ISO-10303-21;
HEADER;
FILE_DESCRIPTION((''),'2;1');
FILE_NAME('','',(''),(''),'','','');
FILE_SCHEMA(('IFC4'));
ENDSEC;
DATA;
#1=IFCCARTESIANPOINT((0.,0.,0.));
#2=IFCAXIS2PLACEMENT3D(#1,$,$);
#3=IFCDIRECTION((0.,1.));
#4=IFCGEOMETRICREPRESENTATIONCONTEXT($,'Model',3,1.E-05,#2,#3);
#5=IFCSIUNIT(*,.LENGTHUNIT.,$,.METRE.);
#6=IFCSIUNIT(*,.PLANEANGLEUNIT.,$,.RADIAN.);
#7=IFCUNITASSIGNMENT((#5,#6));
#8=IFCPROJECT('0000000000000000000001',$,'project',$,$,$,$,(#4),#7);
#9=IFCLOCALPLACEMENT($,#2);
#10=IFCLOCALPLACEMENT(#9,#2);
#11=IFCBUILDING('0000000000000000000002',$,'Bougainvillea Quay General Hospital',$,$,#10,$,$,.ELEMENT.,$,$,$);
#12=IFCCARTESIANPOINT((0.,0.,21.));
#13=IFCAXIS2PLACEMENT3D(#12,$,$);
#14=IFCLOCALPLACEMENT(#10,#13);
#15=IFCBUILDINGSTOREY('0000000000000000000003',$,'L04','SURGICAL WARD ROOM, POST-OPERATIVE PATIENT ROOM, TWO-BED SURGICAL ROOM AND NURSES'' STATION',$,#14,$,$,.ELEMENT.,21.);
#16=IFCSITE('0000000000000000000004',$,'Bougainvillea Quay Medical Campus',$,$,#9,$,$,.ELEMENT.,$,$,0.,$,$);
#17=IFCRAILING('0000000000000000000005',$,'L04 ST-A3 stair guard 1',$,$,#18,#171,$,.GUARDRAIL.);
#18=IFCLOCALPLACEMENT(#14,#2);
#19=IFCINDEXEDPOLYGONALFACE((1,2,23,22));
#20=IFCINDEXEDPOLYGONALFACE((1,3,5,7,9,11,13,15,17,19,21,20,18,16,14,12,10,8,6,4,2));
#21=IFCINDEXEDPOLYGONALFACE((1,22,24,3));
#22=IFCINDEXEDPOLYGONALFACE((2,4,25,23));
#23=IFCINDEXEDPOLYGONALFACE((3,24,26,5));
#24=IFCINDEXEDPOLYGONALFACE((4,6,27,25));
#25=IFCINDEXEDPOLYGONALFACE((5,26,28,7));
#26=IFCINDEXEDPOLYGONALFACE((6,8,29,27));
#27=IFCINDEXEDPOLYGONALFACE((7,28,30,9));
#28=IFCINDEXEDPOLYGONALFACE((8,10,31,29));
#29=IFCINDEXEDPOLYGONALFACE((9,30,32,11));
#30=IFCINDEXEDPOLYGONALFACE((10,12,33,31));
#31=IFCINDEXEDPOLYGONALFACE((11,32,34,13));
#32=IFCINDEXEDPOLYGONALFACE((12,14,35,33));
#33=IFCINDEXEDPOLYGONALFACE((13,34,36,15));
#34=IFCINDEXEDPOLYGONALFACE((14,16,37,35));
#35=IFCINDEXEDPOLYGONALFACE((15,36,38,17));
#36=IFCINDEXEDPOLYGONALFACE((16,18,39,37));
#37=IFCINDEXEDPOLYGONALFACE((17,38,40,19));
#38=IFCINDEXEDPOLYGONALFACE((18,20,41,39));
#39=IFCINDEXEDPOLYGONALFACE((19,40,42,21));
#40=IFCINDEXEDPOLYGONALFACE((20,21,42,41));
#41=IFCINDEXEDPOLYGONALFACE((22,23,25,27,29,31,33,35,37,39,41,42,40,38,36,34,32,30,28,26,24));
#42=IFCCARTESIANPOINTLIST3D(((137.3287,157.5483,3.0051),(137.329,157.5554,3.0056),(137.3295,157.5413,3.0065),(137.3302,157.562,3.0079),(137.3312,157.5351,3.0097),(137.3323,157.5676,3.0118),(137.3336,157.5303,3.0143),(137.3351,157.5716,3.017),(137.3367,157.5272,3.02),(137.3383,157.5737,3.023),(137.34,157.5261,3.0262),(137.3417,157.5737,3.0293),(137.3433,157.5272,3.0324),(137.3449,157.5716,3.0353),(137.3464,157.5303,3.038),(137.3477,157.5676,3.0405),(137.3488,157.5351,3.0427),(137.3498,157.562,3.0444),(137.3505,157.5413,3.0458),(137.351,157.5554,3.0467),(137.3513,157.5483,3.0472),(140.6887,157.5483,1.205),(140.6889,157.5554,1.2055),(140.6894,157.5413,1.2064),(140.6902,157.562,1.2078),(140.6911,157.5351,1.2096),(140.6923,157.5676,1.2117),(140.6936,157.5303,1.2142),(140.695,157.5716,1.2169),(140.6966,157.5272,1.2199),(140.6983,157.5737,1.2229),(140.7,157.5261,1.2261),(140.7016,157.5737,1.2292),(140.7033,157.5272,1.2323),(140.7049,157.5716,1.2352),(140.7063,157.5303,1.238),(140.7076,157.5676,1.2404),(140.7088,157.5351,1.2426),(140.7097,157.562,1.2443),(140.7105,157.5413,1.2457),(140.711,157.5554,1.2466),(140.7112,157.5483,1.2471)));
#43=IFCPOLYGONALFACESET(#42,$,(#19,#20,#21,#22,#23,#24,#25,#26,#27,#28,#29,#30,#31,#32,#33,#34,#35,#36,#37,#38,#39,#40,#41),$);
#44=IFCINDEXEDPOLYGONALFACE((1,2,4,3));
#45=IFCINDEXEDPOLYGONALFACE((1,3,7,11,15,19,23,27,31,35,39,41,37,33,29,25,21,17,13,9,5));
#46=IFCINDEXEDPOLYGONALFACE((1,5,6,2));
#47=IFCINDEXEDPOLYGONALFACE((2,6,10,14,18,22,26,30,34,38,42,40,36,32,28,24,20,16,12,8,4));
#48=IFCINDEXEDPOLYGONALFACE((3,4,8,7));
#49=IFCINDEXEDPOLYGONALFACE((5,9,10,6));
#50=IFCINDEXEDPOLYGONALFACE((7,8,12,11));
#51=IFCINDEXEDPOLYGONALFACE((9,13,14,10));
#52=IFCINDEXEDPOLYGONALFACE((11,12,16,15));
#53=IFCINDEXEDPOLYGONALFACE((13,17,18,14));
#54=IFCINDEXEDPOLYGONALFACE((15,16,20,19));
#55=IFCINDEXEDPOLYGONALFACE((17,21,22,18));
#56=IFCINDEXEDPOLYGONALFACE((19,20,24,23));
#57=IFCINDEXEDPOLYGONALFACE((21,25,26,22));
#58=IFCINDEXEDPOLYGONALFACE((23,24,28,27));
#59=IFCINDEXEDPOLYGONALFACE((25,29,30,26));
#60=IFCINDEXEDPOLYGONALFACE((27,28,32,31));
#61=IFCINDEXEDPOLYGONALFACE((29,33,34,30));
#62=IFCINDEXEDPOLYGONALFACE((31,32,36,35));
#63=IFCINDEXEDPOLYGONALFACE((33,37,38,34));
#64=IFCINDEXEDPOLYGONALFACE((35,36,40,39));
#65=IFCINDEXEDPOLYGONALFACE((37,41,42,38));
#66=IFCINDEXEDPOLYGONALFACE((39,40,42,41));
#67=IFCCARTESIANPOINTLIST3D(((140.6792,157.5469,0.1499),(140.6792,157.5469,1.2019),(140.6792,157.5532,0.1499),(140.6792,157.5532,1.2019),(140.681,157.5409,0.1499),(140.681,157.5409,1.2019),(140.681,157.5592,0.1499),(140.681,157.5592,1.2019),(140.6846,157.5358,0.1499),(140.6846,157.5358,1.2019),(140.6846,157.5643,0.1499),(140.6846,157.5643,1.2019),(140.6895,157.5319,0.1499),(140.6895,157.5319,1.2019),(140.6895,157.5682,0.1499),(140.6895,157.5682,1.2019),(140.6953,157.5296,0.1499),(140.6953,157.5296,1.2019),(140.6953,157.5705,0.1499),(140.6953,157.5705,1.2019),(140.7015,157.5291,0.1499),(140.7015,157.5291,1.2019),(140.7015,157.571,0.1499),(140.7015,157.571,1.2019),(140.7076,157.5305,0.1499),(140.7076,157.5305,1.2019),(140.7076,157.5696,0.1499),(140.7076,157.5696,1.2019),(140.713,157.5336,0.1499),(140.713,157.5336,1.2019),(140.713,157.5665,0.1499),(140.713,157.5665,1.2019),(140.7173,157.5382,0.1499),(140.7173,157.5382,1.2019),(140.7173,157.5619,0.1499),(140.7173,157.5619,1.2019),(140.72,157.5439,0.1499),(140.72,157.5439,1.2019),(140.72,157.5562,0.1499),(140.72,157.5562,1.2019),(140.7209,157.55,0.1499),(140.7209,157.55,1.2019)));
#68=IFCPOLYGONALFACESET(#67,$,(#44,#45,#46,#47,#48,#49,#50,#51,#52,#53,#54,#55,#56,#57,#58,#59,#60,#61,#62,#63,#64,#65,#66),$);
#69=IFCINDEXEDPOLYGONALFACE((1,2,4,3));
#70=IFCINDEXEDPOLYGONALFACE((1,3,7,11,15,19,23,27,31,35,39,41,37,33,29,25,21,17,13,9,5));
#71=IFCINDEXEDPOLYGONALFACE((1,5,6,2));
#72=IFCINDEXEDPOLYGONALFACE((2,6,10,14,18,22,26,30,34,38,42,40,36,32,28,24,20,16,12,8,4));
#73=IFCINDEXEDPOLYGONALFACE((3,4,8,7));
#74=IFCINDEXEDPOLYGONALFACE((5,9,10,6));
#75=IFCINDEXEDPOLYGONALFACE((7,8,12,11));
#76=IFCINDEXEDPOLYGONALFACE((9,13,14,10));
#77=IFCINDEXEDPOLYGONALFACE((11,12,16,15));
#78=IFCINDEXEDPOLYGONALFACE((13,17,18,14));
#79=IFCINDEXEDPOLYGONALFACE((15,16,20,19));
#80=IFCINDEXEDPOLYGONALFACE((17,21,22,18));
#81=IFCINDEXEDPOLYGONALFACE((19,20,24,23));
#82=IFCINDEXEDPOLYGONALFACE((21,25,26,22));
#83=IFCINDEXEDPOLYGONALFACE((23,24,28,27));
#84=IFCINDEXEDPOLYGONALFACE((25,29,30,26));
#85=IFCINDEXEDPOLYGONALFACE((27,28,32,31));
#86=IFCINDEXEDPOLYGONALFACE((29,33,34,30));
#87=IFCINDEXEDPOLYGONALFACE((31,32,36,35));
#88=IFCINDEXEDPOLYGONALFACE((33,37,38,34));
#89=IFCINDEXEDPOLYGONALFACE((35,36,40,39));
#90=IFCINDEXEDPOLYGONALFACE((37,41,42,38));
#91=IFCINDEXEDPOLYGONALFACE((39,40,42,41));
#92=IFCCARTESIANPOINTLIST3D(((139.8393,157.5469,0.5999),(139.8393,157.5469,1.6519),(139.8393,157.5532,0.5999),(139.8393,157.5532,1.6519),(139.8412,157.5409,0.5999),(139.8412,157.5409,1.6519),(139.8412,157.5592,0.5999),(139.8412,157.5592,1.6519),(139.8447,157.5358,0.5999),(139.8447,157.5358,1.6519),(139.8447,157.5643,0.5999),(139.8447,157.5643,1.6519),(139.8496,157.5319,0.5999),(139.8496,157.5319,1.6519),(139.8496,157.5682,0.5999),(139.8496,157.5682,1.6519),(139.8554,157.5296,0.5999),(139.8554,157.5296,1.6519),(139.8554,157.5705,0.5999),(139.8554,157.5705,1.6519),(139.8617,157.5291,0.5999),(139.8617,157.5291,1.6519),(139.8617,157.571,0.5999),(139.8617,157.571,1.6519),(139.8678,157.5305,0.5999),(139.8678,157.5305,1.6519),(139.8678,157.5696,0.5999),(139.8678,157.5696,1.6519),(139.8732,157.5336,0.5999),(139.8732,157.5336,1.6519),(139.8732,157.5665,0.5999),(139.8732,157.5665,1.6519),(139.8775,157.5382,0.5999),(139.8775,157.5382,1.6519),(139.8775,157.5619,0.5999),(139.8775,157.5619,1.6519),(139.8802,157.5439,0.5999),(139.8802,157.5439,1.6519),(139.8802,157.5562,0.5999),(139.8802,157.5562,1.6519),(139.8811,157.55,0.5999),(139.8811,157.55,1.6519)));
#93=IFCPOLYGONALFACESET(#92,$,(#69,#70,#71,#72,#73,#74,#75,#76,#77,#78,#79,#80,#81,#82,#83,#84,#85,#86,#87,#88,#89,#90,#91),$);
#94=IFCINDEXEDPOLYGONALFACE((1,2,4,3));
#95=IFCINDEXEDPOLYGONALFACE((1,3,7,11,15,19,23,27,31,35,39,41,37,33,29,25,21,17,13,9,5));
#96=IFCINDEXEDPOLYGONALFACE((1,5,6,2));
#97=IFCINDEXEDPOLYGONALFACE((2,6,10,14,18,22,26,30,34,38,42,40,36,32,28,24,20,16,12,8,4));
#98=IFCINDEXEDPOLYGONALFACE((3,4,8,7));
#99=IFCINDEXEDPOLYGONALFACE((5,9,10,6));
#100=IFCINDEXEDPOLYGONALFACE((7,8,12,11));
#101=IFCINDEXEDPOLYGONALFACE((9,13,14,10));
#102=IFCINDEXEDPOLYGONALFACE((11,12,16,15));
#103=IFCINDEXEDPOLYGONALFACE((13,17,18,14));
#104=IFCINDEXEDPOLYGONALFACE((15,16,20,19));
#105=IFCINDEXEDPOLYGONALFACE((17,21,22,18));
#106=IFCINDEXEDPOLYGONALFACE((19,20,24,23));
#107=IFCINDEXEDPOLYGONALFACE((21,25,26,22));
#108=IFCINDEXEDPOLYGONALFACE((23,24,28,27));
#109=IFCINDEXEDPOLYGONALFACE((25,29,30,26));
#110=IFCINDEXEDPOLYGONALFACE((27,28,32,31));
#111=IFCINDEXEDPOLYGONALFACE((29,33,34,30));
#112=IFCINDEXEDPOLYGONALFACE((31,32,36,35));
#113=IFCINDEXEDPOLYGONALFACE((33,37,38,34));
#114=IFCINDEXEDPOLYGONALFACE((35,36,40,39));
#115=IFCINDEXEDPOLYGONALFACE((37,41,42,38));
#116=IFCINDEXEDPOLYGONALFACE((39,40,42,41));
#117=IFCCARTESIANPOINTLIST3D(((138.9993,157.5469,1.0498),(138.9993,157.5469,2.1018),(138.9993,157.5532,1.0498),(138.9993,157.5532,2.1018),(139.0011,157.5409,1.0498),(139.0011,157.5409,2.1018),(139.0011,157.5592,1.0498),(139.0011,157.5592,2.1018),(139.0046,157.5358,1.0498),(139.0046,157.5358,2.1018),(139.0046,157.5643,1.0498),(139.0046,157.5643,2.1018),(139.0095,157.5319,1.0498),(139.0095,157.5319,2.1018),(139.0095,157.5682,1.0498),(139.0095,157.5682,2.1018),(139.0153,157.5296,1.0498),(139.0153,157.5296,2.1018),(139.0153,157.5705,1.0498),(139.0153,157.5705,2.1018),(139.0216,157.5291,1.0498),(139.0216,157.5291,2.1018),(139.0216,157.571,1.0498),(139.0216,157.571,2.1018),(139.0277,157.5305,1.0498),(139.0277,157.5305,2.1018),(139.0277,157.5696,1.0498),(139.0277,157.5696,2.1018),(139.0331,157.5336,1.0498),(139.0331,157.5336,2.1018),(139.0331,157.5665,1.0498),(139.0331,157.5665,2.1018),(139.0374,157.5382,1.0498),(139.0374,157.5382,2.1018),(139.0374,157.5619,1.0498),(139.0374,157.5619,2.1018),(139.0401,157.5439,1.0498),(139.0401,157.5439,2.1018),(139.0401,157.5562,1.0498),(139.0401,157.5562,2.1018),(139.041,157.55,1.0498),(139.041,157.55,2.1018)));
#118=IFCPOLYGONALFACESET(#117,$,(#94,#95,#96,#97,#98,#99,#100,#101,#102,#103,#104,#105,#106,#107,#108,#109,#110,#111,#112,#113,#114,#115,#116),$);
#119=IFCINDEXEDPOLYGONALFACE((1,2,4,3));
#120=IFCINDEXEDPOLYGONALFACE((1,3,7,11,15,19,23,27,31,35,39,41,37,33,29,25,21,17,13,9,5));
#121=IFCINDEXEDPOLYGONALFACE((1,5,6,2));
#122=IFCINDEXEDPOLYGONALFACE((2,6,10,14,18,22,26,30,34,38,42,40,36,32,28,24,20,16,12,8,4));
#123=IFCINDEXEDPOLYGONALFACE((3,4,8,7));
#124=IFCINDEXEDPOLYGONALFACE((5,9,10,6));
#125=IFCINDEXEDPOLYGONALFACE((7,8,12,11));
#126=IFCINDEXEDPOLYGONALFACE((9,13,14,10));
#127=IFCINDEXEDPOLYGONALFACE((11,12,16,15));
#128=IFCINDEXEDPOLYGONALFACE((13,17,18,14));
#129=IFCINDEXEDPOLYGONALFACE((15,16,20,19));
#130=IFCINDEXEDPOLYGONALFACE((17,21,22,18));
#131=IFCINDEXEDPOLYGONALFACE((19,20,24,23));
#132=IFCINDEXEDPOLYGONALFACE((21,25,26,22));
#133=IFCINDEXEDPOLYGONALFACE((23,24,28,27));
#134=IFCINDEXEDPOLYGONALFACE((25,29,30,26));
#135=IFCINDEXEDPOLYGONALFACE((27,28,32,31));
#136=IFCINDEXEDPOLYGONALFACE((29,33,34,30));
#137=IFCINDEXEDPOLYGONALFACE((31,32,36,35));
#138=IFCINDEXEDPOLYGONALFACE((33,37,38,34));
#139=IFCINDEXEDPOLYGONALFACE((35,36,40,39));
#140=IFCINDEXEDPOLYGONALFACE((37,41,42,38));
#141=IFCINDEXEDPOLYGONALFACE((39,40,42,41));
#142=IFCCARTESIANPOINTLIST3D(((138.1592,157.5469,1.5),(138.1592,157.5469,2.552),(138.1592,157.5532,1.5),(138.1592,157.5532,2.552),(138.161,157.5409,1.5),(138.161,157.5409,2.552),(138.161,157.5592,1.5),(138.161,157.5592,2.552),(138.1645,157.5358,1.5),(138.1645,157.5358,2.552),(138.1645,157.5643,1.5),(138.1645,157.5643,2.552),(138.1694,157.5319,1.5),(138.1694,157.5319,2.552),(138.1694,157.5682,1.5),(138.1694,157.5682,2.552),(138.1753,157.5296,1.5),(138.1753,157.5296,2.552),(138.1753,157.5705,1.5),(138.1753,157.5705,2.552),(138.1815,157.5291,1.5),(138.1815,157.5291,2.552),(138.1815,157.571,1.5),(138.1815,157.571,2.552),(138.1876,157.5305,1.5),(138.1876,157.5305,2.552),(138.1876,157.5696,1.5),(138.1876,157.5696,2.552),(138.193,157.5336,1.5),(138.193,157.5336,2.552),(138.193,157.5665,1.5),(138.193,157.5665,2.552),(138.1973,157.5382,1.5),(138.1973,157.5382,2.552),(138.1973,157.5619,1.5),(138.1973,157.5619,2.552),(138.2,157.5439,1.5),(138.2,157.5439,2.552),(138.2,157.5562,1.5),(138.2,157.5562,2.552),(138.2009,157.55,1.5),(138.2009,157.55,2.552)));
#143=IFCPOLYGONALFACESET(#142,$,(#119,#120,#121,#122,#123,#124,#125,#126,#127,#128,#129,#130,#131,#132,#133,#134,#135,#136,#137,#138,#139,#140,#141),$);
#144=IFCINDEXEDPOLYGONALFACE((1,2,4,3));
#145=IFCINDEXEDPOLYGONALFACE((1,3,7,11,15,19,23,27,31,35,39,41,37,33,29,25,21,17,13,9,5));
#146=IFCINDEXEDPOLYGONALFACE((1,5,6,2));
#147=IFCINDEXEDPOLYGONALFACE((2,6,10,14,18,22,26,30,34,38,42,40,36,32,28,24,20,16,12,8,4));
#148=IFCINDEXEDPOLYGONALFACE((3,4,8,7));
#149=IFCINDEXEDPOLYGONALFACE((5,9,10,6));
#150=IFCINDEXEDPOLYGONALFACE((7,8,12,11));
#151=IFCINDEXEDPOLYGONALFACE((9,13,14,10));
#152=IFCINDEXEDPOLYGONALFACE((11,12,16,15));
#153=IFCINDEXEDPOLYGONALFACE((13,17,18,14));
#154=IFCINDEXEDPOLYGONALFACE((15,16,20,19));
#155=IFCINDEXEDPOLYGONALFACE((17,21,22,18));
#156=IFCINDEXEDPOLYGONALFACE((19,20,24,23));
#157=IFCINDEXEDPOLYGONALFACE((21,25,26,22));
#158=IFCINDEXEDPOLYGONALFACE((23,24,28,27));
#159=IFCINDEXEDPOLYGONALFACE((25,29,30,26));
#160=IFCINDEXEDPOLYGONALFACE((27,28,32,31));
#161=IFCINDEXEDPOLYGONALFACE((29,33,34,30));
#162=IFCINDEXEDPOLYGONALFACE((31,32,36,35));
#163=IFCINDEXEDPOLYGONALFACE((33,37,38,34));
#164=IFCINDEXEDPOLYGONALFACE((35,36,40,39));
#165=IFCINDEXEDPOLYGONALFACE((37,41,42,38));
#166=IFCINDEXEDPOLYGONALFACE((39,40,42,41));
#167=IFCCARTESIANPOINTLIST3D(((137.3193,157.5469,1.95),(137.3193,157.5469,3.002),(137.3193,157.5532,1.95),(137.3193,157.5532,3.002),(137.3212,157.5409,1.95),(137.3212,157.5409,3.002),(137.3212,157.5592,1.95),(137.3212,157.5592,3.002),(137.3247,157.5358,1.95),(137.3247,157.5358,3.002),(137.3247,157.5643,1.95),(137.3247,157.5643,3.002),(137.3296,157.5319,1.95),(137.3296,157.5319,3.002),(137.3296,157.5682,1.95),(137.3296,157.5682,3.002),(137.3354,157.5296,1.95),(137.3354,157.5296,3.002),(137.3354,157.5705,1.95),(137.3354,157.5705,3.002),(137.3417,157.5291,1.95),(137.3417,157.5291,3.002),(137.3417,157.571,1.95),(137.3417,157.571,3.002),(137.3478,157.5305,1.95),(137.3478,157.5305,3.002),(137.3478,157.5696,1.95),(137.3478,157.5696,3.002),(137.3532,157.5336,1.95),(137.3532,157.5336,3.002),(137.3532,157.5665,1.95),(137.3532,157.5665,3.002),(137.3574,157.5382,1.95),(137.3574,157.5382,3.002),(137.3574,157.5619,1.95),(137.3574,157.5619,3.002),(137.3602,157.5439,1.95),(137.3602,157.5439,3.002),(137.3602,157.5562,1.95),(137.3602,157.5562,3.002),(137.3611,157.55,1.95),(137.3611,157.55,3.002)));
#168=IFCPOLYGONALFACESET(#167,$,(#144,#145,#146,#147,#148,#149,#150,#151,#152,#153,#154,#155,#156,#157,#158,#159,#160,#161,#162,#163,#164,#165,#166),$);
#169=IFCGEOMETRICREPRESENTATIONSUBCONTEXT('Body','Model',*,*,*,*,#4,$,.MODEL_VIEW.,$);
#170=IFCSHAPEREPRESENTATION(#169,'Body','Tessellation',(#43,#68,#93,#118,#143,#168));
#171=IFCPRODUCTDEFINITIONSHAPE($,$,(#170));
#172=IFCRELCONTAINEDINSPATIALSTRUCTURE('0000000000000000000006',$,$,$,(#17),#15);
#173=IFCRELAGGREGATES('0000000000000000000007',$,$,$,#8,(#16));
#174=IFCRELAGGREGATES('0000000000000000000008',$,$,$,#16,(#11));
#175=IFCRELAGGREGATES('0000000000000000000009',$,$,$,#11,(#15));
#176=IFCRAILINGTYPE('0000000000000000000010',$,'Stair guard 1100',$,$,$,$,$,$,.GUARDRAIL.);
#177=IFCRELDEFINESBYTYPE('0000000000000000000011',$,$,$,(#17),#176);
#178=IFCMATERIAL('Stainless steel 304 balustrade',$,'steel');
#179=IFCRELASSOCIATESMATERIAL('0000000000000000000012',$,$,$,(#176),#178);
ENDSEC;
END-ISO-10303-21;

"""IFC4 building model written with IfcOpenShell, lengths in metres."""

from ifc_helpers import new_model, si_unit, direction, frame, origin, origin_2d, place, context, subcontext, project, spatial, circle, extrude, material, type_object, element, save


model = new_model("IFC4")

# Units and contexts
model_context = context("Model", 3, precision=1e-05, world=origin(), true_north=direction((0.0, 1.0)))
body_context = subcontext(model_context, "Body", "Model", "MODEL_VIEW")
ifc_project = project(units=[si_unit("LENGTHUNIT", "METRE"), si_unit("PLANEANGLEUNIT", "RADIAN")], contexts=[model_context])

# Site, building, storey
site_placement = place(None, origin())
site = spatial("IfcSite", under=ifc_project, at=site_placement, Name="Bougainvillea Quay Medical Campus", CompositionType="ELEMENT", RefElevation=0.0)
building_placement = place(site_placement, origin())
building = spatial("IfcBuilding", under=site, at=building_placement, Name="Bougainvillea Quay General Hospital", CompositionType="ELEMENT")
storey_placement = place(building_placement, frame((0.0, 0.0, 21.0)))
storey = spatial("IfcBuildingStorey", under=building, at=storey_placement, Name="L04", Description="SURGICAL WARD ROOM, POST-OPERATIVE PATIENT ROOM, TWO-BED SURGICAL ROOM AND NURSES' STATION", CompositionType="ELEMENT", Elevation=21.0)

# Railing
ifc_material_1 = material(Name="Stainless steel 304 balustrade", Category="steel")
railing_type_1 = type_object("IfcRailingType", Name="Stair guard 1100", PredefinedType="GUARDRAIL", material=ifc_material_1)
railing_1_placement = place(storey_placement, frame((140.7, 157.55, 0.1499)))
element("IfcRailing", 1, at=railing_1_placement, inside=storey, type_object=railing_type_1, Name="L04 ST-A3 stair guard 1", PredefinedType="GUARDRAIL", context=body_context, shape_type="SweptSolid", body=[
    extrude(circle(Radius=0.0239, at=origin_2d()), frame((0.0, 0.0, 1.0762), z_axis=(-0.881467, 0.0, 0.472246), x_axis=(0.0, -1.0, 0.0)), (0.0, 0.0, 1.0), 3.8118),
    extrude(circle(Radius=0.021, at=origin_2d()), origin(), (0.0, 0.0, 1.0), 1.052),
    extrude(circle(Radius=0.021, at=origin_2d()), frame((-0.8398, 0.0, 0.45)), (0.0, 0.0, 1.0), 1.052),
    extrude(circle(Radius=0.021, at=origin_2d()), frame((-1.6799, 0.0, 0.8999)), (0.0, 0.0, 1.0), 1.052),
    extrude(circle(Radius=0.021, at=origin_2d()), frame((-2.52, 0.0, 1.3501)), (0.0, 0.0, 1.0), 1.052),
    extrude(circle(Radius=0.021, at=origin_2d()), frame((-3.3599, 0.0, 1.8)), (0.0, 0.0, 1.0), 1.052),
])

save(model, "model.ifc")
